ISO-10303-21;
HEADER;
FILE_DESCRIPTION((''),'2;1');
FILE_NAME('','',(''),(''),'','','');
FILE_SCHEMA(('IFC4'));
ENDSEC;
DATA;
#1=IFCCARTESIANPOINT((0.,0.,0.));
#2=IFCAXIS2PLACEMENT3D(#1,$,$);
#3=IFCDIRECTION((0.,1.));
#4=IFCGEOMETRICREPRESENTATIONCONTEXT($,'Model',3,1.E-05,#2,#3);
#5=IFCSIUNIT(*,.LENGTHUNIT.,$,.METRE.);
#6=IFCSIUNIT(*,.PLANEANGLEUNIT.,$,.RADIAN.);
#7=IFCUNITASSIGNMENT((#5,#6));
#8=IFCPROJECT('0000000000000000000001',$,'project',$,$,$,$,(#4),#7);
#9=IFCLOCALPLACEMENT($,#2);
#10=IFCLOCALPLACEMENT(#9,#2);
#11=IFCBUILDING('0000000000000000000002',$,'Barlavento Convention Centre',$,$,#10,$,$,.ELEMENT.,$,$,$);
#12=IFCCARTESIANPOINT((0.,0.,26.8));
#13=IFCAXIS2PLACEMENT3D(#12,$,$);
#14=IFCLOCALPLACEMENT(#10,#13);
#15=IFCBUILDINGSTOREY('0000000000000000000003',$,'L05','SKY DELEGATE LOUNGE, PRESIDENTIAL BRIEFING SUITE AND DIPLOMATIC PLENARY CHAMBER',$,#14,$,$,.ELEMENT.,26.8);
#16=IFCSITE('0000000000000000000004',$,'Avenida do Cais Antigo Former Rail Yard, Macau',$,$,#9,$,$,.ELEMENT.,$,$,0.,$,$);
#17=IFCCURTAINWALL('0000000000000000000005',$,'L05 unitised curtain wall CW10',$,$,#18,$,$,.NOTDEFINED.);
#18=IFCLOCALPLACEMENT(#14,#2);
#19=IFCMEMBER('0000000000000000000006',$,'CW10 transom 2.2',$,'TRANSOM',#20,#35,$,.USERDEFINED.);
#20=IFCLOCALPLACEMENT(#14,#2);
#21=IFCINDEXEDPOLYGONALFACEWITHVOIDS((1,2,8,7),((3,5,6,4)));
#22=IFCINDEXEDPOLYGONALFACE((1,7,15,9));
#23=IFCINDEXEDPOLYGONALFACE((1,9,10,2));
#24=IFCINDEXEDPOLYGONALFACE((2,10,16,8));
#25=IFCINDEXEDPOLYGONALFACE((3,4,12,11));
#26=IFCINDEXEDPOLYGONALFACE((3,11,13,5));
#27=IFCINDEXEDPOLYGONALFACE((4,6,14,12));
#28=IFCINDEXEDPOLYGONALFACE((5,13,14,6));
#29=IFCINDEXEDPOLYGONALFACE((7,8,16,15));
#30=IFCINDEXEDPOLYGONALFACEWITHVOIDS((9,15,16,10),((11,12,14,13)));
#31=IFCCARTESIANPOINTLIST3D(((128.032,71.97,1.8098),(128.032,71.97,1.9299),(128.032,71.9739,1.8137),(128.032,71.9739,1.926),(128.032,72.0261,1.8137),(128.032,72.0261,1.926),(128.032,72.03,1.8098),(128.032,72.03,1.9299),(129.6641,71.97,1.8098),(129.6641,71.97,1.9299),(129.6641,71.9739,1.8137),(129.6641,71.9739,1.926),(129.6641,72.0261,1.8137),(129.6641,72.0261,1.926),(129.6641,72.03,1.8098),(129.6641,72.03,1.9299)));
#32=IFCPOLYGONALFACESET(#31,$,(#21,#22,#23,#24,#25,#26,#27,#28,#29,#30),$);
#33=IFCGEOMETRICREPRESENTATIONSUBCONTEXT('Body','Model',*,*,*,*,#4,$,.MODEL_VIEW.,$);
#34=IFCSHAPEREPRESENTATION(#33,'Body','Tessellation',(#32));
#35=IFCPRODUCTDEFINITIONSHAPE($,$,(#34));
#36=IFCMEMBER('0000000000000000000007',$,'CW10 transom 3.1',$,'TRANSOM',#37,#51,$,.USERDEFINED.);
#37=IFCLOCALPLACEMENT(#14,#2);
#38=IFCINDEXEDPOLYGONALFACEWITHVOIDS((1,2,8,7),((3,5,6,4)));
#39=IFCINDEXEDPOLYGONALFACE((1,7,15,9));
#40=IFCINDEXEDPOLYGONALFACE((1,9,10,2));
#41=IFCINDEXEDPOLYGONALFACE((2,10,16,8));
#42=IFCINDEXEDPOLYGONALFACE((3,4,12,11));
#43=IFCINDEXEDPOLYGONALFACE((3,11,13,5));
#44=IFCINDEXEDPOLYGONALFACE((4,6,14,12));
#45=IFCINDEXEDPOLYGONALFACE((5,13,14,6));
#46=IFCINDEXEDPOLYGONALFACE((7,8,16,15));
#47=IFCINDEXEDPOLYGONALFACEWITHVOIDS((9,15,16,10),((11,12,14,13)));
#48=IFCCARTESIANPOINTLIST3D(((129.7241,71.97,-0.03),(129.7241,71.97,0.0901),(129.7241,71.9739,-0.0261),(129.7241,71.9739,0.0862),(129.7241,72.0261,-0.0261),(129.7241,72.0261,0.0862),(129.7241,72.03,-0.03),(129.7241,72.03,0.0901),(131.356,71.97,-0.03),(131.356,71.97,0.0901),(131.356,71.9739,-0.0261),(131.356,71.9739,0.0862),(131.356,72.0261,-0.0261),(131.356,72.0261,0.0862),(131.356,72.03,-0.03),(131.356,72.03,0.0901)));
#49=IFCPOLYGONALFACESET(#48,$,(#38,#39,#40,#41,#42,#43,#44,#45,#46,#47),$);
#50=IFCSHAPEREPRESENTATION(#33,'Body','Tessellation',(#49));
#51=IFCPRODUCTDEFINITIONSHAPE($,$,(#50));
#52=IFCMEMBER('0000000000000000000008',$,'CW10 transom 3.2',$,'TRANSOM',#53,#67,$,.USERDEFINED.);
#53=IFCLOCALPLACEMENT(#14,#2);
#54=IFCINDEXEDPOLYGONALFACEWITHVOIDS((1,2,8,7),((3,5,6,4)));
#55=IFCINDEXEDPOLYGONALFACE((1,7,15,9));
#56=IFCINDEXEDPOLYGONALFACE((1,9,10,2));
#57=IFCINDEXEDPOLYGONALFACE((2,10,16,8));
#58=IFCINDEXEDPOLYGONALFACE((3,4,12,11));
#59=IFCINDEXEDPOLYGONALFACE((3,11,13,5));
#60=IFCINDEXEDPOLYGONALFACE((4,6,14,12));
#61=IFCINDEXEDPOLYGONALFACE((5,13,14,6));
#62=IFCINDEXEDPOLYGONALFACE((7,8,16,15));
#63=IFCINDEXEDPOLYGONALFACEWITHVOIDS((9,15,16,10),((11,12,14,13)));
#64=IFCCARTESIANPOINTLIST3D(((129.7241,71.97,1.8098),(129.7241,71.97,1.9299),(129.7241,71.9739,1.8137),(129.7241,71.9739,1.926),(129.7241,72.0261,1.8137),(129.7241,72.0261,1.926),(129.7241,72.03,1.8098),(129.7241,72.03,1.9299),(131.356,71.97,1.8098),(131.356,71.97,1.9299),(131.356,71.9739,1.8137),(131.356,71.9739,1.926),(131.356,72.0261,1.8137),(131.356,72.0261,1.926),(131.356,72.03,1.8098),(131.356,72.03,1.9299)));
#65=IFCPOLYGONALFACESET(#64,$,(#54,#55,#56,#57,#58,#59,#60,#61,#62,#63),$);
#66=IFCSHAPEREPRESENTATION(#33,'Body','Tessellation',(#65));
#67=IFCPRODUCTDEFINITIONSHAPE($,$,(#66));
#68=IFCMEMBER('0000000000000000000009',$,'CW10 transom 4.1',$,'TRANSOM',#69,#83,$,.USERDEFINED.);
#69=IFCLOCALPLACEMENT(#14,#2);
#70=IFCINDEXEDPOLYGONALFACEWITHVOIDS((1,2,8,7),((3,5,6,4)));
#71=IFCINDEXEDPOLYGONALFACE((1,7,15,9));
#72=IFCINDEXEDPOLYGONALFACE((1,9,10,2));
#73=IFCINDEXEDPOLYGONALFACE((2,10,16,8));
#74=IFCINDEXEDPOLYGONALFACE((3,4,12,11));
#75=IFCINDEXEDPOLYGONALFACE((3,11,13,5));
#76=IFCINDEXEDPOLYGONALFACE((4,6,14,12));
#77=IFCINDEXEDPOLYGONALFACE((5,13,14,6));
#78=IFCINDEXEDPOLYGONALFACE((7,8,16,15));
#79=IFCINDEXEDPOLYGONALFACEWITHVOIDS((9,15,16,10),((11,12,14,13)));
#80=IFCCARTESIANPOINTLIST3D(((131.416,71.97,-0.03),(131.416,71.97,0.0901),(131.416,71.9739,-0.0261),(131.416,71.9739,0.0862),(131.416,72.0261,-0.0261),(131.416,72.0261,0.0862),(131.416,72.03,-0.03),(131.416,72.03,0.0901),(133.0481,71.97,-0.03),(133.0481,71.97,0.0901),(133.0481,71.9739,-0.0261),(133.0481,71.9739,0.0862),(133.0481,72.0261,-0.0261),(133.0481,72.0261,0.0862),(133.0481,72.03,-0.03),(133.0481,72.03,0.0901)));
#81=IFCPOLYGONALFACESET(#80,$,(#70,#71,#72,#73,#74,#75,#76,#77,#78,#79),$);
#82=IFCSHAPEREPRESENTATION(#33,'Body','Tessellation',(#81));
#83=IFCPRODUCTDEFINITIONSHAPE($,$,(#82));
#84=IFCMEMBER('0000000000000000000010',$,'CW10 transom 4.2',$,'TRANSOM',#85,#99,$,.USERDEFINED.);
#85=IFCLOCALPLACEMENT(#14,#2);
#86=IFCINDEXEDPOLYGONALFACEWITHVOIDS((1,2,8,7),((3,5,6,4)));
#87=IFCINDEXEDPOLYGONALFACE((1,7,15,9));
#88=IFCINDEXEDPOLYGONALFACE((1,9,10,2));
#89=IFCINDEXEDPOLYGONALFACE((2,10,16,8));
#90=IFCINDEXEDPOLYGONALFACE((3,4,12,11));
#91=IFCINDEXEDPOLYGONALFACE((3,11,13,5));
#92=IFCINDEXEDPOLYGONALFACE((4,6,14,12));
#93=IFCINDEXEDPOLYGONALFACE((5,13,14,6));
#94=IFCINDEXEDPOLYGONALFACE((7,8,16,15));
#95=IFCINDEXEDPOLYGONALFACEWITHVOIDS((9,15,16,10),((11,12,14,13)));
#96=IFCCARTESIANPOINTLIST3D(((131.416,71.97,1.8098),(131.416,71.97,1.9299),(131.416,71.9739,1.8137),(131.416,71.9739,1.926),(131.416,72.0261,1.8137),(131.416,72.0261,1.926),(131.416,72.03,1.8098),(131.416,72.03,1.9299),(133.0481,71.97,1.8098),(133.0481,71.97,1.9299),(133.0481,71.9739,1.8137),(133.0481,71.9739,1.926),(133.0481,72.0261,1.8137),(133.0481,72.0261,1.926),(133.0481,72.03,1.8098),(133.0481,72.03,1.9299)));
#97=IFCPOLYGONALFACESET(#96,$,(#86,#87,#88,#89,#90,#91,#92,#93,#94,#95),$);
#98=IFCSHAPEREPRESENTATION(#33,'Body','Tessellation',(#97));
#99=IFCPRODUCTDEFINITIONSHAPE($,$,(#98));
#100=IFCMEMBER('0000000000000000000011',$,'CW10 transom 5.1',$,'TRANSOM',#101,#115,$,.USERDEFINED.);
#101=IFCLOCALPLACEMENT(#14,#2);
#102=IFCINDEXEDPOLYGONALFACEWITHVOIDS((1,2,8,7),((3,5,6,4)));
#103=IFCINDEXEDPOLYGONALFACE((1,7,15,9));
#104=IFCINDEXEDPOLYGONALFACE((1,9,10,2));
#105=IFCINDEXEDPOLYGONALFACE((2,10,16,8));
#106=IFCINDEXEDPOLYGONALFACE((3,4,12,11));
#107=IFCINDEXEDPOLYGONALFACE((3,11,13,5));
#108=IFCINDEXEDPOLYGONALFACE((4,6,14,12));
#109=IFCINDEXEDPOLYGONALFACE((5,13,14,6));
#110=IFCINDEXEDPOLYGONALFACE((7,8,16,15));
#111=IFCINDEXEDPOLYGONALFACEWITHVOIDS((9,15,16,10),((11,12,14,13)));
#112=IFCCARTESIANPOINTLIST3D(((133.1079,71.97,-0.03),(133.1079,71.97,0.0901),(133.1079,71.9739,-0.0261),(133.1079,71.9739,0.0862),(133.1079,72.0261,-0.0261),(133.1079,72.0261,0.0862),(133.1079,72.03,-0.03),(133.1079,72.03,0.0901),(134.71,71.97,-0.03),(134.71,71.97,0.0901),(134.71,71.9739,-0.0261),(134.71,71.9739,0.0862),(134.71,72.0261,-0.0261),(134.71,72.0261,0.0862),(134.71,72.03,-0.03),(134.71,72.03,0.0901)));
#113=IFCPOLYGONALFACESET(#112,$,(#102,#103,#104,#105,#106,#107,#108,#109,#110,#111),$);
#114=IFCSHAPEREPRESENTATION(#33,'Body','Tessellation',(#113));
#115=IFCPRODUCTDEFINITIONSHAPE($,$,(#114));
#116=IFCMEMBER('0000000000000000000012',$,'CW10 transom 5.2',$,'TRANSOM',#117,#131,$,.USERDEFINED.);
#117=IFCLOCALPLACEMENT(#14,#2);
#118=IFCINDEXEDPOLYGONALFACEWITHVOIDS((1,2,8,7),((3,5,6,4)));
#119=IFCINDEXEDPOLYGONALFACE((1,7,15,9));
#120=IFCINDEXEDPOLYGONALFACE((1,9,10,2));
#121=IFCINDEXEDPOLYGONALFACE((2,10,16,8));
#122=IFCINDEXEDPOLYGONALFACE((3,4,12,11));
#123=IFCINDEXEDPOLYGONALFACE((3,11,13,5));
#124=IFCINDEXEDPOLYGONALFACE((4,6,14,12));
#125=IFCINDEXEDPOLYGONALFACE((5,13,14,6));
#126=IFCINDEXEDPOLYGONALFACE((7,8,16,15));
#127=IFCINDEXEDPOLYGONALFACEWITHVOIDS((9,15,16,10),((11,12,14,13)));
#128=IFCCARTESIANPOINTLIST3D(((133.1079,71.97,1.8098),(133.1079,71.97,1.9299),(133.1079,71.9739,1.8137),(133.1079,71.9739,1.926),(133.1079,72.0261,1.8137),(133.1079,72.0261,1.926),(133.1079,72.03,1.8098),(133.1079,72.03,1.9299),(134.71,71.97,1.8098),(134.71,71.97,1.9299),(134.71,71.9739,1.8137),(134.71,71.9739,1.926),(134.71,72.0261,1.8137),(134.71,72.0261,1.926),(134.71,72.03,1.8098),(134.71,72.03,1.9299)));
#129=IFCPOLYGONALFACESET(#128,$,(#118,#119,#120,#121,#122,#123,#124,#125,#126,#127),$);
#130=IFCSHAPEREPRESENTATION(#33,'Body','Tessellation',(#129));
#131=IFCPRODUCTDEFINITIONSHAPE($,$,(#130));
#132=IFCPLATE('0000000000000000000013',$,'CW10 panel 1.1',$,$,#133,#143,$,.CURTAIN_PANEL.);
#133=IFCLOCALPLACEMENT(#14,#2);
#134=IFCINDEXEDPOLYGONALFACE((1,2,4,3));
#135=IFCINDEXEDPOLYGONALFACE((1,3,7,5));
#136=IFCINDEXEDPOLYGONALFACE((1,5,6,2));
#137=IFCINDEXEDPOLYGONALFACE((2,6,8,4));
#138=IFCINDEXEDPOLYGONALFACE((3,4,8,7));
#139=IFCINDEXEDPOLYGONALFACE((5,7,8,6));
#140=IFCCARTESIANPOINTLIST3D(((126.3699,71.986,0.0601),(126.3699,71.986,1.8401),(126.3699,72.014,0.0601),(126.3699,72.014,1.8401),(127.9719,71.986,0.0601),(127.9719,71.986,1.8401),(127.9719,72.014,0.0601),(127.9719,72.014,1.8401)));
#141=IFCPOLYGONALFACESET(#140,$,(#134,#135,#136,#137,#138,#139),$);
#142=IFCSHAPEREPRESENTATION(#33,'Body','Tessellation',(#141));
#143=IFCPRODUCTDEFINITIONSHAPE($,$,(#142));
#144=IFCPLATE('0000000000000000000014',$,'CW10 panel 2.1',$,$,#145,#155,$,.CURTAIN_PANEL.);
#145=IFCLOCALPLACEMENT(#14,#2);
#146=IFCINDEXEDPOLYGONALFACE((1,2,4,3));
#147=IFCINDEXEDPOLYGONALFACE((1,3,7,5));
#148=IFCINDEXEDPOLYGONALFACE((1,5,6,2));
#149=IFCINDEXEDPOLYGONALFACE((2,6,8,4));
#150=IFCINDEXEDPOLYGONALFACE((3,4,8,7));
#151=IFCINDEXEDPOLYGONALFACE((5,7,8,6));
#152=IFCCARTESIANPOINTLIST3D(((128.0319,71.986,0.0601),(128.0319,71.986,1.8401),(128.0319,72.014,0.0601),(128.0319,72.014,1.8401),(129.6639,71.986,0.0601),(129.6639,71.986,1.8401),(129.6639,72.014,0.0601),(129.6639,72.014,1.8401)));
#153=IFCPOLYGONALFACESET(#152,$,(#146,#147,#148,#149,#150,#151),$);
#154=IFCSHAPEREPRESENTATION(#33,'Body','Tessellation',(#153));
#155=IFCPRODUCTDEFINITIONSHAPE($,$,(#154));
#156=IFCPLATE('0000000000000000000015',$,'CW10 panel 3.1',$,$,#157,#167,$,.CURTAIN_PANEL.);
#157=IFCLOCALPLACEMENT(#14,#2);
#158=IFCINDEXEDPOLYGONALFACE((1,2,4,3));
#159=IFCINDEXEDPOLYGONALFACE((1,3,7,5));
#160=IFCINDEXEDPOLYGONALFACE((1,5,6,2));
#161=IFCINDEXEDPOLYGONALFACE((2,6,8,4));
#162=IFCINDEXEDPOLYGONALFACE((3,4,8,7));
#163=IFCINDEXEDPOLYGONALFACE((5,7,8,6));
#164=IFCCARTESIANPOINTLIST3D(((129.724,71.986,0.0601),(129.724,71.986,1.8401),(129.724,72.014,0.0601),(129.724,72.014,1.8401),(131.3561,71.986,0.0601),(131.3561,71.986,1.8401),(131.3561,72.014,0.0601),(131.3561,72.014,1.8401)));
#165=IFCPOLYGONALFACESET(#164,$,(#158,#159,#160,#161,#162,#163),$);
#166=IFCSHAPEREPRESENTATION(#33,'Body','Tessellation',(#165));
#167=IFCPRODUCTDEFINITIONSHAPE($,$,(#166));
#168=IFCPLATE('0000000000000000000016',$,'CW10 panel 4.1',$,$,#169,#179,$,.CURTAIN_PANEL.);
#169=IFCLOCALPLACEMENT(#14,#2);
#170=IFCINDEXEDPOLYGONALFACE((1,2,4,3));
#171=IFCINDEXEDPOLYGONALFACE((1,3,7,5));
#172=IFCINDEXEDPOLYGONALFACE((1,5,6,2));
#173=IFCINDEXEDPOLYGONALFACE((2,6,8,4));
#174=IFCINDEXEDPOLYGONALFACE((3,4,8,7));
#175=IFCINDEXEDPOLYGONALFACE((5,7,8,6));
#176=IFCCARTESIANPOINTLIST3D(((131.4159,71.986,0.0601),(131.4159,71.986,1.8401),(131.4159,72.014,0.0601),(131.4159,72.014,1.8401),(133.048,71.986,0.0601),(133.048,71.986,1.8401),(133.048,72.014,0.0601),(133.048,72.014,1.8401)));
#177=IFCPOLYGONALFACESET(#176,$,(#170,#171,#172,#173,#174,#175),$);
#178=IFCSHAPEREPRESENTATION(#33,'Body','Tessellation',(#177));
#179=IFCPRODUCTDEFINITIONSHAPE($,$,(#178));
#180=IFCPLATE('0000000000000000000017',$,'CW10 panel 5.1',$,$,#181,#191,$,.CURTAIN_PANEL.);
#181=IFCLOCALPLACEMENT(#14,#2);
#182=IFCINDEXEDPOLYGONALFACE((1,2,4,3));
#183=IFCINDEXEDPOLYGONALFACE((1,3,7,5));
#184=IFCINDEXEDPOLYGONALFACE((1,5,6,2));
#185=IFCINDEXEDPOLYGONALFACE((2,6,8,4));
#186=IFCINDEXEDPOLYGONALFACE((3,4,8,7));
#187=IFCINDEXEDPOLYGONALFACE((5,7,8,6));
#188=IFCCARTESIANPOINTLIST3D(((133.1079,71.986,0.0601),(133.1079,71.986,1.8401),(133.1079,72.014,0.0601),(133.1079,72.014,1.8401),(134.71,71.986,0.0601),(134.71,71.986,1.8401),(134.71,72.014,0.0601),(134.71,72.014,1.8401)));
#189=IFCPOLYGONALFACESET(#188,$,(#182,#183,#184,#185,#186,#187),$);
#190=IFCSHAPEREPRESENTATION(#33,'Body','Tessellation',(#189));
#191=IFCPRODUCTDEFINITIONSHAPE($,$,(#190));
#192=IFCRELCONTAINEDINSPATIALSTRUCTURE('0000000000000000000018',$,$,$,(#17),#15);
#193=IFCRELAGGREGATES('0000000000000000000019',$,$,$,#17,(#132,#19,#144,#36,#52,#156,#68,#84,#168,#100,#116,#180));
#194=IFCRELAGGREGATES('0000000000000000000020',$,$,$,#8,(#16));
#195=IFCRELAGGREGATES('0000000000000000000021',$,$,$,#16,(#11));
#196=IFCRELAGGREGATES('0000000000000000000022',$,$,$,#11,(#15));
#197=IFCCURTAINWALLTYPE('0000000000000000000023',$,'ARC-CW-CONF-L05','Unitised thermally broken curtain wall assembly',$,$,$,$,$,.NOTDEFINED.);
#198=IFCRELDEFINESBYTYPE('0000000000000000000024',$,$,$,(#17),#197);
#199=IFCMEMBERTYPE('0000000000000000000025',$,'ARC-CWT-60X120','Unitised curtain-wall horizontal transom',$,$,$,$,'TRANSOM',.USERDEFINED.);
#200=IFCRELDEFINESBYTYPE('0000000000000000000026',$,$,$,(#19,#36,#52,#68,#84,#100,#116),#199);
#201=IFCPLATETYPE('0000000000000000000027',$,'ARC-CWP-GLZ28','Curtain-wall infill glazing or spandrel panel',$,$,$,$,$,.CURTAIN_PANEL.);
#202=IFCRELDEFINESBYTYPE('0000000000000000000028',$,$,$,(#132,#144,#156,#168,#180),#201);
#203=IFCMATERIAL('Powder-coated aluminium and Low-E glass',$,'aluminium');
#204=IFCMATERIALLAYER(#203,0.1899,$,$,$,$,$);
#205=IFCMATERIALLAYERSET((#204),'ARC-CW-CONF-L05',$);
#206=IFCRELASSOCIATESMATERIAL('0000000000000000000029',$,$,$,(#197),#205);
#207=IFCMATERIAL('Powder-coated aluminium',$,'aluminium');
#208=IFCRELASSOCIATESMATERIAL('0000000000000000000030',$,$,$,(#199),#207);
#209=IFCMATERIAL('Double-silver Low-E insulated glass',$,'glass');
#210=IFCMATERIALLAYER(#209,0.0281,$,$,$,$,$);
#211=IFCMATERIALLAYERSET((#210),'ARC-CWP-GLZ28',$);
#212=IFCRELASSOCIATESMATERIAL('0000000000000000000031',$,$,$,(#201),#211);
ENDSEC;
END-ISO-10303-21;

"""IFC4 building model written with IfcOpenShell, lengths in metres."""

from ifc_helpers import new_model, si_unit, direction, frame, origin, origin_2d, place, context, subcontext, project, spatial, rectangle, hollow_rectangle, extrude, material, layer, layer_set, material_profile, profile_set, type_object, element, aggregate, save


model = new_model("IFC4")

# Units and contexts
model_context = context("Model", 3, precision=1e-05, world=origin(), true_north=direction((0.0, 1.0)))
body_context = subcontext(model_context, "Body", "Model", "MODEL_VIEW")
ifc_project = project(units=[si_unit("LENGTHUNIT", "METRE"), si_unit("PLANEANGLEUNIT", "RADIAN")], contexts=[model_context])

# Site, building, storey
site_placement = place(None, origin())
site = spatial("IfcSite", under=ifc_project, at=site_placement, Name="Avenida do Cais Antigo Former Rail Yard, Macau", CompositionType="ELEMENT", RefElevation=0.0)
building_placement = place(site_placement, origin())
building = spatial("IfcBuilding", under=site, at=building_placement, Name="Barlavento Convention Centre", CompositionType="ELEMENT")
storey_placement = place(building_placement, frame((0.0, 0.0, 26.8)))
storey = spatial("IfcBuildingStorey", under=building, at=storey_placement, Name="L05", Description="SKY DELEGATE LOUNGE, PRESIDENTIAL BRIEFING SUITE AND DIPLOMATIC PLENARY CHAMBER", CompositionType="ELEMENT", Elevation=26.8)

# Curtain wall, members, plates
ifc_material_1 = material(Name="Powder-coated aluminium and Low-E glass", Category="aluminium")
ifc_layer_1 = layer(ifc_material_1, 0.1899)
ifc_layer_set_1 = layer_set([ifc_layer_1], Name="ARC-CW-CONF-L05")
curtain_wall_type = type_object("IfcCurtainWallType", Name="ARC-CW-CONF-L05", Description="Unitised thermally broken curtain wall assembly", PredefinedType="NOTDEFINED", material=ifc_layer_set_1)
curtain_wall_placement = place(storey_placement, origin())
curtain_wall = element("IfcCurtainWall", 1, at=curtain_wall_placement, inside=storey, type_object=curtain_wall_type, Name="L05 unitised curtain wall CW10", PredefinedType="NOTDEFINED")
ifc_material_2 = material(Name="Powder-coated aluminium", Category="aluminium")
ifc_material_profile_1 = material_profile(ifc_material_2, hollow_rectangle(XDim=0.0601, YDim=0.1201, WallThickness=0.0039, at=origin_2d()), Name="AL-TRAN 60x120x4")
ifc_profile_set_1 = profile_set([ifc_material_profile_1], Name="Powder-coated aluminium")
member_type_1 = type_object("IfcMemberType", Name="ARC-CWT-60X120", Description="Unitised curtain-wall horizontal transom", ElementType="TRANSOM", PredefinedType="USERDEFINED", material=ifc_profile_set_1)
member_1_placement = place(storey_placement, frame((128.032, 72.0, 1.8699), z_axis=(1.0, 0.0, 0.0), x_axis=(0.0, 1.0, 0.0)))
member_1 = element("IfcMember", 2, at=member_1_placement, type_object=member_type_1, Name="CW10 transom 2.2", ObjectType="TRANSOM", PredefinedType="USERDEFINED", context=body_context, shape_type="SweptSolid", body=[
    extrude(hollow_rectangle(XDim=0.0601, YDim=0.1201, WallThickness=0.0039, at=origin_2d()), origin(), (0.0, 0.0, 1.0), 1.6321),
])
member_2_placement = place(storey_placement, frame((129.7241, 72.0, 0.03), z_axis=(1.0, 0.0, 0.0), x_axis=(0.0, 1.0, 0.0)))
member_2 = element("IfcMember", 3, at=member_2_placement, type_object=member_type_1, Name="CW10 transom 3.1", ObjectType="TRANSOM", PredefinedType="USERDEFINED", context=body_context, shape_type="SweptSolid", body=[
    extrude(hollow_rectangle(XDim=0.0601, YDim=0.1201, WallThickness=0.0039, at=origin_2d()), origin(), (0.0, 0.0, 1.0), 1.6318),
])
member_3_placement = place(storey_placement, frame((129.7241, 72.0, 1.8699), z_axis=(1.0, 0.0, 0.0), x_axis=(0.0, 1.0, 0.0)))
member_3 = element("IfcMember", 4, at=member_3_placement, type_object=member_type_1, Name="CW10 transom 3.2", ObjectType="TRANSOM", PredefinedType="USERDEFINED", context=body_context, shape_type="SweptSolid", body=[
    extrude(hollow_rectangle(XDim=0.0601, YDim=0.1201, WallThickness=0.0039, at=origin_2d()), origin(), (0.0, 0.0, 1.0), 1.6318),
])
member_4_placement = place(storey_placement, frame((131.416, 72.0, 0.03), z_axis=(1.0, 0.0, 0.0), x_axis=(0.0, 1.0, 0.0)))
member_4 = element("IfcMember", 5, at=member_4_placement, type_object=member_type_1, Name="CW10 transom 4.1", ObjectType="TRANSOM", PredefinedType="USERDEFINED", context=body_context, shape_type="SweptSolid", body=[
    extrude(hollow_rectangle(XDim=0.0601, YDim=0.1201, WallThickness=0.0039, at=origin_2d()), origin(), (0.0, 0.0, 1.0), 1.6321),
])
member_5_placement = place(storey_placement, frame((131.416, 72.0, 1.8699), z_axis=(1.0, 0.0, 0.0), x_axis=(0.0, 1.0, 0.0)))
member_5 = element("IfcMember", 6, at=member_5_placement, type_object=member_type_1, Name="CW10 transom 4.2", ObjectType="TRANSOM", PredefinedType="USERDEFINED", context=body_context, shape_type="SweptSolid", body=[
    extrude(hollow_rectangle(XDim=0.0601, YDim=0.1201, WallThickness=0.0039, at=origin_2d()), origin(), (0.0, 0.0, 1.0), 1.6321),
])
member_6_placement = place(storey_placement, frame((133.1079, 72.0, 0.03), z_axis=(1.0, 0.0, 0.0), x_axis=(0.0, 1.0, 0.0)))
member_6 = element("IfcMember", 7, at=member_6_placement, type_object=member_type_1, Name="CW10 transom 5.1", ObjectType="TRANSOM", PredefinedType="USERDEFINED", context=body_context, shape_type="SweptSolid", body=[
    extrude(hollow_rectangle(XDim=0.0601, YDim=0.1201, WallThickness=0.0039, at=origin_2d()), origin(), (0.0, 0.0, 1.0), 1.6021),
])
member_7_placement = place(storey_placement, frame((133.1079, 72.0, 1.8699), z_axis=(1.0, 0.0, 0.0), x_axis=(0.0, 1.0, 0.0)))
member_7 = element("IfcMember", 8, at=member_7_placement, type_object=member_type_1, Name="CW10 transom 5.2", ObjectType="TRANSOM", PredefinedType="USERDEFINED", context=body_context, shape_type="SweptSolid", body=[
    extrude(hollow_rectangle(XDim=0.0601, YDim=0.1201, WallThickness=0.0039, at=origin_2d()), origin(), (0.0, 0.0, 1.0), 1.6021),
])
ifc_material_3 = material(Name="Double-silver Low-E insulated glass", Category="glass")
ifc_layer_2 = layer(ifc_material_3, 0.0281)
ifc_layer_set_2 = layer_set([ifc_layer_2], Name="ARC-CWP-GLZ28")
plate_type = type_object("IfcPlateType", Name="ARC-CWP-GLZ28", Description="Curtain-wall infill glazing or spandrel panel", PredefinedType="CURTAIN_PANEL", material=ifc_layer_set_2)
plate_1_placement = place(storey_placement, frame((127.1709, 72.0, 0.0601), z_axis=(0.0, 0.0, 1.0), x_axis=(1.0, 0.0, 0.0)))
plate_1 = element("IfcPlate", 9, at=plate_1_placement, type_object=plate_type, Name="CW10 panel 1.1", PredefinedType="CURTAIN_PANEL", context=body_context, shape_type="SweptSolid", body=[
    extrude(rectangle(XDim=1.6021, YDim=0.0281, at=origin_2d()), origin(), (0.0, 0.0, 1.0), 1.78),
])
plate_2_placement = place(storey_placement, frame((128.8479, 72.0, 0.0601), z_axis=(0.0, 0.0, 1.0), x_axis=(1.0, 0.0, 0.0)))
plate_2 = element("IfcPlate", 10, at=plate_2_placement, type_object=plate_type, Name="CW10 panel 2.1", PredefinedType="CURTAIN_PANEL", context=body_context, shape_type="SweptSolid", body=[
    extrude(rectangle(XDim=1.6321, YDim=0.0281, at=origin_2d()), origin(), (0.0, 0.0, 1.0), 1.78),
])
plate_3_placement = place(storey_placement, frame((130.54, 72.0, 0.0601), z_axis=(0.0, 0.0, 1.0), x_axis=(1.0, 0.0, 0.0)))
plate_3 = element("IfcPlate", 11, at=plate_3_placement, type_object=plate_type, Name="CW10 panel 3.1", PredefinedType="CURTAIN_PANEL", context=body_context, shape_type="SweptSolid", body=[
    extrude(rectangle(XDim=1.6321, YDim=0.0281, at=origin_2d()), origin(), (0.0, 0.0, 1.0), 1.78),
])
plate_4_placement = place(storey_placement, frame((132.2319, 72.0, 0.0601), z_axis=(0.0, 0.0, 1.0), x_axis=(1.0, 0.0, 0.0)))
plate_4 = element("IfcPlate", 12, at=plate_4_placement, type_object=plate_type, Name="CW10 panel 4.1", PredefinedType="CURTAIN_PANEL", context=body_context, shape_type="SweptSolid", body=[
    extrude(rectangle(XDim=1.6321, YDim=0.0281, at=origin_2d()), origin(), (0.0, 0.0, 1.0), 1.78),
])
plate_5_placement = place(storey_placement, frame((133.9089, 72.0, 0.0601), z_axis=(0.0, 0.0, 1.0), x_axis=(1.0, 0.0, 0.0)))
plate_5 = element("IfcPlate", 13, at=plate_5_placement, type_object=plate_type, Name="CW10 panel 5.1", PredefinedType="CURTAIN_PANEL", context=body_context, shape_type="SweptSolid", body=[
    extrude(rectangle(XDim=1.6021, YDim=0.0281, at=origin_2d()), origin(), (0.0, 0.0, 1.0), 1.78),
])
aggregate(curtain_wall, [plate_1, member_1, plate_2, member_2, member_3, plate_3, member_4, member_5, plate_4, member_6, member_7, plate_5])

save(model, "model.ifc")
